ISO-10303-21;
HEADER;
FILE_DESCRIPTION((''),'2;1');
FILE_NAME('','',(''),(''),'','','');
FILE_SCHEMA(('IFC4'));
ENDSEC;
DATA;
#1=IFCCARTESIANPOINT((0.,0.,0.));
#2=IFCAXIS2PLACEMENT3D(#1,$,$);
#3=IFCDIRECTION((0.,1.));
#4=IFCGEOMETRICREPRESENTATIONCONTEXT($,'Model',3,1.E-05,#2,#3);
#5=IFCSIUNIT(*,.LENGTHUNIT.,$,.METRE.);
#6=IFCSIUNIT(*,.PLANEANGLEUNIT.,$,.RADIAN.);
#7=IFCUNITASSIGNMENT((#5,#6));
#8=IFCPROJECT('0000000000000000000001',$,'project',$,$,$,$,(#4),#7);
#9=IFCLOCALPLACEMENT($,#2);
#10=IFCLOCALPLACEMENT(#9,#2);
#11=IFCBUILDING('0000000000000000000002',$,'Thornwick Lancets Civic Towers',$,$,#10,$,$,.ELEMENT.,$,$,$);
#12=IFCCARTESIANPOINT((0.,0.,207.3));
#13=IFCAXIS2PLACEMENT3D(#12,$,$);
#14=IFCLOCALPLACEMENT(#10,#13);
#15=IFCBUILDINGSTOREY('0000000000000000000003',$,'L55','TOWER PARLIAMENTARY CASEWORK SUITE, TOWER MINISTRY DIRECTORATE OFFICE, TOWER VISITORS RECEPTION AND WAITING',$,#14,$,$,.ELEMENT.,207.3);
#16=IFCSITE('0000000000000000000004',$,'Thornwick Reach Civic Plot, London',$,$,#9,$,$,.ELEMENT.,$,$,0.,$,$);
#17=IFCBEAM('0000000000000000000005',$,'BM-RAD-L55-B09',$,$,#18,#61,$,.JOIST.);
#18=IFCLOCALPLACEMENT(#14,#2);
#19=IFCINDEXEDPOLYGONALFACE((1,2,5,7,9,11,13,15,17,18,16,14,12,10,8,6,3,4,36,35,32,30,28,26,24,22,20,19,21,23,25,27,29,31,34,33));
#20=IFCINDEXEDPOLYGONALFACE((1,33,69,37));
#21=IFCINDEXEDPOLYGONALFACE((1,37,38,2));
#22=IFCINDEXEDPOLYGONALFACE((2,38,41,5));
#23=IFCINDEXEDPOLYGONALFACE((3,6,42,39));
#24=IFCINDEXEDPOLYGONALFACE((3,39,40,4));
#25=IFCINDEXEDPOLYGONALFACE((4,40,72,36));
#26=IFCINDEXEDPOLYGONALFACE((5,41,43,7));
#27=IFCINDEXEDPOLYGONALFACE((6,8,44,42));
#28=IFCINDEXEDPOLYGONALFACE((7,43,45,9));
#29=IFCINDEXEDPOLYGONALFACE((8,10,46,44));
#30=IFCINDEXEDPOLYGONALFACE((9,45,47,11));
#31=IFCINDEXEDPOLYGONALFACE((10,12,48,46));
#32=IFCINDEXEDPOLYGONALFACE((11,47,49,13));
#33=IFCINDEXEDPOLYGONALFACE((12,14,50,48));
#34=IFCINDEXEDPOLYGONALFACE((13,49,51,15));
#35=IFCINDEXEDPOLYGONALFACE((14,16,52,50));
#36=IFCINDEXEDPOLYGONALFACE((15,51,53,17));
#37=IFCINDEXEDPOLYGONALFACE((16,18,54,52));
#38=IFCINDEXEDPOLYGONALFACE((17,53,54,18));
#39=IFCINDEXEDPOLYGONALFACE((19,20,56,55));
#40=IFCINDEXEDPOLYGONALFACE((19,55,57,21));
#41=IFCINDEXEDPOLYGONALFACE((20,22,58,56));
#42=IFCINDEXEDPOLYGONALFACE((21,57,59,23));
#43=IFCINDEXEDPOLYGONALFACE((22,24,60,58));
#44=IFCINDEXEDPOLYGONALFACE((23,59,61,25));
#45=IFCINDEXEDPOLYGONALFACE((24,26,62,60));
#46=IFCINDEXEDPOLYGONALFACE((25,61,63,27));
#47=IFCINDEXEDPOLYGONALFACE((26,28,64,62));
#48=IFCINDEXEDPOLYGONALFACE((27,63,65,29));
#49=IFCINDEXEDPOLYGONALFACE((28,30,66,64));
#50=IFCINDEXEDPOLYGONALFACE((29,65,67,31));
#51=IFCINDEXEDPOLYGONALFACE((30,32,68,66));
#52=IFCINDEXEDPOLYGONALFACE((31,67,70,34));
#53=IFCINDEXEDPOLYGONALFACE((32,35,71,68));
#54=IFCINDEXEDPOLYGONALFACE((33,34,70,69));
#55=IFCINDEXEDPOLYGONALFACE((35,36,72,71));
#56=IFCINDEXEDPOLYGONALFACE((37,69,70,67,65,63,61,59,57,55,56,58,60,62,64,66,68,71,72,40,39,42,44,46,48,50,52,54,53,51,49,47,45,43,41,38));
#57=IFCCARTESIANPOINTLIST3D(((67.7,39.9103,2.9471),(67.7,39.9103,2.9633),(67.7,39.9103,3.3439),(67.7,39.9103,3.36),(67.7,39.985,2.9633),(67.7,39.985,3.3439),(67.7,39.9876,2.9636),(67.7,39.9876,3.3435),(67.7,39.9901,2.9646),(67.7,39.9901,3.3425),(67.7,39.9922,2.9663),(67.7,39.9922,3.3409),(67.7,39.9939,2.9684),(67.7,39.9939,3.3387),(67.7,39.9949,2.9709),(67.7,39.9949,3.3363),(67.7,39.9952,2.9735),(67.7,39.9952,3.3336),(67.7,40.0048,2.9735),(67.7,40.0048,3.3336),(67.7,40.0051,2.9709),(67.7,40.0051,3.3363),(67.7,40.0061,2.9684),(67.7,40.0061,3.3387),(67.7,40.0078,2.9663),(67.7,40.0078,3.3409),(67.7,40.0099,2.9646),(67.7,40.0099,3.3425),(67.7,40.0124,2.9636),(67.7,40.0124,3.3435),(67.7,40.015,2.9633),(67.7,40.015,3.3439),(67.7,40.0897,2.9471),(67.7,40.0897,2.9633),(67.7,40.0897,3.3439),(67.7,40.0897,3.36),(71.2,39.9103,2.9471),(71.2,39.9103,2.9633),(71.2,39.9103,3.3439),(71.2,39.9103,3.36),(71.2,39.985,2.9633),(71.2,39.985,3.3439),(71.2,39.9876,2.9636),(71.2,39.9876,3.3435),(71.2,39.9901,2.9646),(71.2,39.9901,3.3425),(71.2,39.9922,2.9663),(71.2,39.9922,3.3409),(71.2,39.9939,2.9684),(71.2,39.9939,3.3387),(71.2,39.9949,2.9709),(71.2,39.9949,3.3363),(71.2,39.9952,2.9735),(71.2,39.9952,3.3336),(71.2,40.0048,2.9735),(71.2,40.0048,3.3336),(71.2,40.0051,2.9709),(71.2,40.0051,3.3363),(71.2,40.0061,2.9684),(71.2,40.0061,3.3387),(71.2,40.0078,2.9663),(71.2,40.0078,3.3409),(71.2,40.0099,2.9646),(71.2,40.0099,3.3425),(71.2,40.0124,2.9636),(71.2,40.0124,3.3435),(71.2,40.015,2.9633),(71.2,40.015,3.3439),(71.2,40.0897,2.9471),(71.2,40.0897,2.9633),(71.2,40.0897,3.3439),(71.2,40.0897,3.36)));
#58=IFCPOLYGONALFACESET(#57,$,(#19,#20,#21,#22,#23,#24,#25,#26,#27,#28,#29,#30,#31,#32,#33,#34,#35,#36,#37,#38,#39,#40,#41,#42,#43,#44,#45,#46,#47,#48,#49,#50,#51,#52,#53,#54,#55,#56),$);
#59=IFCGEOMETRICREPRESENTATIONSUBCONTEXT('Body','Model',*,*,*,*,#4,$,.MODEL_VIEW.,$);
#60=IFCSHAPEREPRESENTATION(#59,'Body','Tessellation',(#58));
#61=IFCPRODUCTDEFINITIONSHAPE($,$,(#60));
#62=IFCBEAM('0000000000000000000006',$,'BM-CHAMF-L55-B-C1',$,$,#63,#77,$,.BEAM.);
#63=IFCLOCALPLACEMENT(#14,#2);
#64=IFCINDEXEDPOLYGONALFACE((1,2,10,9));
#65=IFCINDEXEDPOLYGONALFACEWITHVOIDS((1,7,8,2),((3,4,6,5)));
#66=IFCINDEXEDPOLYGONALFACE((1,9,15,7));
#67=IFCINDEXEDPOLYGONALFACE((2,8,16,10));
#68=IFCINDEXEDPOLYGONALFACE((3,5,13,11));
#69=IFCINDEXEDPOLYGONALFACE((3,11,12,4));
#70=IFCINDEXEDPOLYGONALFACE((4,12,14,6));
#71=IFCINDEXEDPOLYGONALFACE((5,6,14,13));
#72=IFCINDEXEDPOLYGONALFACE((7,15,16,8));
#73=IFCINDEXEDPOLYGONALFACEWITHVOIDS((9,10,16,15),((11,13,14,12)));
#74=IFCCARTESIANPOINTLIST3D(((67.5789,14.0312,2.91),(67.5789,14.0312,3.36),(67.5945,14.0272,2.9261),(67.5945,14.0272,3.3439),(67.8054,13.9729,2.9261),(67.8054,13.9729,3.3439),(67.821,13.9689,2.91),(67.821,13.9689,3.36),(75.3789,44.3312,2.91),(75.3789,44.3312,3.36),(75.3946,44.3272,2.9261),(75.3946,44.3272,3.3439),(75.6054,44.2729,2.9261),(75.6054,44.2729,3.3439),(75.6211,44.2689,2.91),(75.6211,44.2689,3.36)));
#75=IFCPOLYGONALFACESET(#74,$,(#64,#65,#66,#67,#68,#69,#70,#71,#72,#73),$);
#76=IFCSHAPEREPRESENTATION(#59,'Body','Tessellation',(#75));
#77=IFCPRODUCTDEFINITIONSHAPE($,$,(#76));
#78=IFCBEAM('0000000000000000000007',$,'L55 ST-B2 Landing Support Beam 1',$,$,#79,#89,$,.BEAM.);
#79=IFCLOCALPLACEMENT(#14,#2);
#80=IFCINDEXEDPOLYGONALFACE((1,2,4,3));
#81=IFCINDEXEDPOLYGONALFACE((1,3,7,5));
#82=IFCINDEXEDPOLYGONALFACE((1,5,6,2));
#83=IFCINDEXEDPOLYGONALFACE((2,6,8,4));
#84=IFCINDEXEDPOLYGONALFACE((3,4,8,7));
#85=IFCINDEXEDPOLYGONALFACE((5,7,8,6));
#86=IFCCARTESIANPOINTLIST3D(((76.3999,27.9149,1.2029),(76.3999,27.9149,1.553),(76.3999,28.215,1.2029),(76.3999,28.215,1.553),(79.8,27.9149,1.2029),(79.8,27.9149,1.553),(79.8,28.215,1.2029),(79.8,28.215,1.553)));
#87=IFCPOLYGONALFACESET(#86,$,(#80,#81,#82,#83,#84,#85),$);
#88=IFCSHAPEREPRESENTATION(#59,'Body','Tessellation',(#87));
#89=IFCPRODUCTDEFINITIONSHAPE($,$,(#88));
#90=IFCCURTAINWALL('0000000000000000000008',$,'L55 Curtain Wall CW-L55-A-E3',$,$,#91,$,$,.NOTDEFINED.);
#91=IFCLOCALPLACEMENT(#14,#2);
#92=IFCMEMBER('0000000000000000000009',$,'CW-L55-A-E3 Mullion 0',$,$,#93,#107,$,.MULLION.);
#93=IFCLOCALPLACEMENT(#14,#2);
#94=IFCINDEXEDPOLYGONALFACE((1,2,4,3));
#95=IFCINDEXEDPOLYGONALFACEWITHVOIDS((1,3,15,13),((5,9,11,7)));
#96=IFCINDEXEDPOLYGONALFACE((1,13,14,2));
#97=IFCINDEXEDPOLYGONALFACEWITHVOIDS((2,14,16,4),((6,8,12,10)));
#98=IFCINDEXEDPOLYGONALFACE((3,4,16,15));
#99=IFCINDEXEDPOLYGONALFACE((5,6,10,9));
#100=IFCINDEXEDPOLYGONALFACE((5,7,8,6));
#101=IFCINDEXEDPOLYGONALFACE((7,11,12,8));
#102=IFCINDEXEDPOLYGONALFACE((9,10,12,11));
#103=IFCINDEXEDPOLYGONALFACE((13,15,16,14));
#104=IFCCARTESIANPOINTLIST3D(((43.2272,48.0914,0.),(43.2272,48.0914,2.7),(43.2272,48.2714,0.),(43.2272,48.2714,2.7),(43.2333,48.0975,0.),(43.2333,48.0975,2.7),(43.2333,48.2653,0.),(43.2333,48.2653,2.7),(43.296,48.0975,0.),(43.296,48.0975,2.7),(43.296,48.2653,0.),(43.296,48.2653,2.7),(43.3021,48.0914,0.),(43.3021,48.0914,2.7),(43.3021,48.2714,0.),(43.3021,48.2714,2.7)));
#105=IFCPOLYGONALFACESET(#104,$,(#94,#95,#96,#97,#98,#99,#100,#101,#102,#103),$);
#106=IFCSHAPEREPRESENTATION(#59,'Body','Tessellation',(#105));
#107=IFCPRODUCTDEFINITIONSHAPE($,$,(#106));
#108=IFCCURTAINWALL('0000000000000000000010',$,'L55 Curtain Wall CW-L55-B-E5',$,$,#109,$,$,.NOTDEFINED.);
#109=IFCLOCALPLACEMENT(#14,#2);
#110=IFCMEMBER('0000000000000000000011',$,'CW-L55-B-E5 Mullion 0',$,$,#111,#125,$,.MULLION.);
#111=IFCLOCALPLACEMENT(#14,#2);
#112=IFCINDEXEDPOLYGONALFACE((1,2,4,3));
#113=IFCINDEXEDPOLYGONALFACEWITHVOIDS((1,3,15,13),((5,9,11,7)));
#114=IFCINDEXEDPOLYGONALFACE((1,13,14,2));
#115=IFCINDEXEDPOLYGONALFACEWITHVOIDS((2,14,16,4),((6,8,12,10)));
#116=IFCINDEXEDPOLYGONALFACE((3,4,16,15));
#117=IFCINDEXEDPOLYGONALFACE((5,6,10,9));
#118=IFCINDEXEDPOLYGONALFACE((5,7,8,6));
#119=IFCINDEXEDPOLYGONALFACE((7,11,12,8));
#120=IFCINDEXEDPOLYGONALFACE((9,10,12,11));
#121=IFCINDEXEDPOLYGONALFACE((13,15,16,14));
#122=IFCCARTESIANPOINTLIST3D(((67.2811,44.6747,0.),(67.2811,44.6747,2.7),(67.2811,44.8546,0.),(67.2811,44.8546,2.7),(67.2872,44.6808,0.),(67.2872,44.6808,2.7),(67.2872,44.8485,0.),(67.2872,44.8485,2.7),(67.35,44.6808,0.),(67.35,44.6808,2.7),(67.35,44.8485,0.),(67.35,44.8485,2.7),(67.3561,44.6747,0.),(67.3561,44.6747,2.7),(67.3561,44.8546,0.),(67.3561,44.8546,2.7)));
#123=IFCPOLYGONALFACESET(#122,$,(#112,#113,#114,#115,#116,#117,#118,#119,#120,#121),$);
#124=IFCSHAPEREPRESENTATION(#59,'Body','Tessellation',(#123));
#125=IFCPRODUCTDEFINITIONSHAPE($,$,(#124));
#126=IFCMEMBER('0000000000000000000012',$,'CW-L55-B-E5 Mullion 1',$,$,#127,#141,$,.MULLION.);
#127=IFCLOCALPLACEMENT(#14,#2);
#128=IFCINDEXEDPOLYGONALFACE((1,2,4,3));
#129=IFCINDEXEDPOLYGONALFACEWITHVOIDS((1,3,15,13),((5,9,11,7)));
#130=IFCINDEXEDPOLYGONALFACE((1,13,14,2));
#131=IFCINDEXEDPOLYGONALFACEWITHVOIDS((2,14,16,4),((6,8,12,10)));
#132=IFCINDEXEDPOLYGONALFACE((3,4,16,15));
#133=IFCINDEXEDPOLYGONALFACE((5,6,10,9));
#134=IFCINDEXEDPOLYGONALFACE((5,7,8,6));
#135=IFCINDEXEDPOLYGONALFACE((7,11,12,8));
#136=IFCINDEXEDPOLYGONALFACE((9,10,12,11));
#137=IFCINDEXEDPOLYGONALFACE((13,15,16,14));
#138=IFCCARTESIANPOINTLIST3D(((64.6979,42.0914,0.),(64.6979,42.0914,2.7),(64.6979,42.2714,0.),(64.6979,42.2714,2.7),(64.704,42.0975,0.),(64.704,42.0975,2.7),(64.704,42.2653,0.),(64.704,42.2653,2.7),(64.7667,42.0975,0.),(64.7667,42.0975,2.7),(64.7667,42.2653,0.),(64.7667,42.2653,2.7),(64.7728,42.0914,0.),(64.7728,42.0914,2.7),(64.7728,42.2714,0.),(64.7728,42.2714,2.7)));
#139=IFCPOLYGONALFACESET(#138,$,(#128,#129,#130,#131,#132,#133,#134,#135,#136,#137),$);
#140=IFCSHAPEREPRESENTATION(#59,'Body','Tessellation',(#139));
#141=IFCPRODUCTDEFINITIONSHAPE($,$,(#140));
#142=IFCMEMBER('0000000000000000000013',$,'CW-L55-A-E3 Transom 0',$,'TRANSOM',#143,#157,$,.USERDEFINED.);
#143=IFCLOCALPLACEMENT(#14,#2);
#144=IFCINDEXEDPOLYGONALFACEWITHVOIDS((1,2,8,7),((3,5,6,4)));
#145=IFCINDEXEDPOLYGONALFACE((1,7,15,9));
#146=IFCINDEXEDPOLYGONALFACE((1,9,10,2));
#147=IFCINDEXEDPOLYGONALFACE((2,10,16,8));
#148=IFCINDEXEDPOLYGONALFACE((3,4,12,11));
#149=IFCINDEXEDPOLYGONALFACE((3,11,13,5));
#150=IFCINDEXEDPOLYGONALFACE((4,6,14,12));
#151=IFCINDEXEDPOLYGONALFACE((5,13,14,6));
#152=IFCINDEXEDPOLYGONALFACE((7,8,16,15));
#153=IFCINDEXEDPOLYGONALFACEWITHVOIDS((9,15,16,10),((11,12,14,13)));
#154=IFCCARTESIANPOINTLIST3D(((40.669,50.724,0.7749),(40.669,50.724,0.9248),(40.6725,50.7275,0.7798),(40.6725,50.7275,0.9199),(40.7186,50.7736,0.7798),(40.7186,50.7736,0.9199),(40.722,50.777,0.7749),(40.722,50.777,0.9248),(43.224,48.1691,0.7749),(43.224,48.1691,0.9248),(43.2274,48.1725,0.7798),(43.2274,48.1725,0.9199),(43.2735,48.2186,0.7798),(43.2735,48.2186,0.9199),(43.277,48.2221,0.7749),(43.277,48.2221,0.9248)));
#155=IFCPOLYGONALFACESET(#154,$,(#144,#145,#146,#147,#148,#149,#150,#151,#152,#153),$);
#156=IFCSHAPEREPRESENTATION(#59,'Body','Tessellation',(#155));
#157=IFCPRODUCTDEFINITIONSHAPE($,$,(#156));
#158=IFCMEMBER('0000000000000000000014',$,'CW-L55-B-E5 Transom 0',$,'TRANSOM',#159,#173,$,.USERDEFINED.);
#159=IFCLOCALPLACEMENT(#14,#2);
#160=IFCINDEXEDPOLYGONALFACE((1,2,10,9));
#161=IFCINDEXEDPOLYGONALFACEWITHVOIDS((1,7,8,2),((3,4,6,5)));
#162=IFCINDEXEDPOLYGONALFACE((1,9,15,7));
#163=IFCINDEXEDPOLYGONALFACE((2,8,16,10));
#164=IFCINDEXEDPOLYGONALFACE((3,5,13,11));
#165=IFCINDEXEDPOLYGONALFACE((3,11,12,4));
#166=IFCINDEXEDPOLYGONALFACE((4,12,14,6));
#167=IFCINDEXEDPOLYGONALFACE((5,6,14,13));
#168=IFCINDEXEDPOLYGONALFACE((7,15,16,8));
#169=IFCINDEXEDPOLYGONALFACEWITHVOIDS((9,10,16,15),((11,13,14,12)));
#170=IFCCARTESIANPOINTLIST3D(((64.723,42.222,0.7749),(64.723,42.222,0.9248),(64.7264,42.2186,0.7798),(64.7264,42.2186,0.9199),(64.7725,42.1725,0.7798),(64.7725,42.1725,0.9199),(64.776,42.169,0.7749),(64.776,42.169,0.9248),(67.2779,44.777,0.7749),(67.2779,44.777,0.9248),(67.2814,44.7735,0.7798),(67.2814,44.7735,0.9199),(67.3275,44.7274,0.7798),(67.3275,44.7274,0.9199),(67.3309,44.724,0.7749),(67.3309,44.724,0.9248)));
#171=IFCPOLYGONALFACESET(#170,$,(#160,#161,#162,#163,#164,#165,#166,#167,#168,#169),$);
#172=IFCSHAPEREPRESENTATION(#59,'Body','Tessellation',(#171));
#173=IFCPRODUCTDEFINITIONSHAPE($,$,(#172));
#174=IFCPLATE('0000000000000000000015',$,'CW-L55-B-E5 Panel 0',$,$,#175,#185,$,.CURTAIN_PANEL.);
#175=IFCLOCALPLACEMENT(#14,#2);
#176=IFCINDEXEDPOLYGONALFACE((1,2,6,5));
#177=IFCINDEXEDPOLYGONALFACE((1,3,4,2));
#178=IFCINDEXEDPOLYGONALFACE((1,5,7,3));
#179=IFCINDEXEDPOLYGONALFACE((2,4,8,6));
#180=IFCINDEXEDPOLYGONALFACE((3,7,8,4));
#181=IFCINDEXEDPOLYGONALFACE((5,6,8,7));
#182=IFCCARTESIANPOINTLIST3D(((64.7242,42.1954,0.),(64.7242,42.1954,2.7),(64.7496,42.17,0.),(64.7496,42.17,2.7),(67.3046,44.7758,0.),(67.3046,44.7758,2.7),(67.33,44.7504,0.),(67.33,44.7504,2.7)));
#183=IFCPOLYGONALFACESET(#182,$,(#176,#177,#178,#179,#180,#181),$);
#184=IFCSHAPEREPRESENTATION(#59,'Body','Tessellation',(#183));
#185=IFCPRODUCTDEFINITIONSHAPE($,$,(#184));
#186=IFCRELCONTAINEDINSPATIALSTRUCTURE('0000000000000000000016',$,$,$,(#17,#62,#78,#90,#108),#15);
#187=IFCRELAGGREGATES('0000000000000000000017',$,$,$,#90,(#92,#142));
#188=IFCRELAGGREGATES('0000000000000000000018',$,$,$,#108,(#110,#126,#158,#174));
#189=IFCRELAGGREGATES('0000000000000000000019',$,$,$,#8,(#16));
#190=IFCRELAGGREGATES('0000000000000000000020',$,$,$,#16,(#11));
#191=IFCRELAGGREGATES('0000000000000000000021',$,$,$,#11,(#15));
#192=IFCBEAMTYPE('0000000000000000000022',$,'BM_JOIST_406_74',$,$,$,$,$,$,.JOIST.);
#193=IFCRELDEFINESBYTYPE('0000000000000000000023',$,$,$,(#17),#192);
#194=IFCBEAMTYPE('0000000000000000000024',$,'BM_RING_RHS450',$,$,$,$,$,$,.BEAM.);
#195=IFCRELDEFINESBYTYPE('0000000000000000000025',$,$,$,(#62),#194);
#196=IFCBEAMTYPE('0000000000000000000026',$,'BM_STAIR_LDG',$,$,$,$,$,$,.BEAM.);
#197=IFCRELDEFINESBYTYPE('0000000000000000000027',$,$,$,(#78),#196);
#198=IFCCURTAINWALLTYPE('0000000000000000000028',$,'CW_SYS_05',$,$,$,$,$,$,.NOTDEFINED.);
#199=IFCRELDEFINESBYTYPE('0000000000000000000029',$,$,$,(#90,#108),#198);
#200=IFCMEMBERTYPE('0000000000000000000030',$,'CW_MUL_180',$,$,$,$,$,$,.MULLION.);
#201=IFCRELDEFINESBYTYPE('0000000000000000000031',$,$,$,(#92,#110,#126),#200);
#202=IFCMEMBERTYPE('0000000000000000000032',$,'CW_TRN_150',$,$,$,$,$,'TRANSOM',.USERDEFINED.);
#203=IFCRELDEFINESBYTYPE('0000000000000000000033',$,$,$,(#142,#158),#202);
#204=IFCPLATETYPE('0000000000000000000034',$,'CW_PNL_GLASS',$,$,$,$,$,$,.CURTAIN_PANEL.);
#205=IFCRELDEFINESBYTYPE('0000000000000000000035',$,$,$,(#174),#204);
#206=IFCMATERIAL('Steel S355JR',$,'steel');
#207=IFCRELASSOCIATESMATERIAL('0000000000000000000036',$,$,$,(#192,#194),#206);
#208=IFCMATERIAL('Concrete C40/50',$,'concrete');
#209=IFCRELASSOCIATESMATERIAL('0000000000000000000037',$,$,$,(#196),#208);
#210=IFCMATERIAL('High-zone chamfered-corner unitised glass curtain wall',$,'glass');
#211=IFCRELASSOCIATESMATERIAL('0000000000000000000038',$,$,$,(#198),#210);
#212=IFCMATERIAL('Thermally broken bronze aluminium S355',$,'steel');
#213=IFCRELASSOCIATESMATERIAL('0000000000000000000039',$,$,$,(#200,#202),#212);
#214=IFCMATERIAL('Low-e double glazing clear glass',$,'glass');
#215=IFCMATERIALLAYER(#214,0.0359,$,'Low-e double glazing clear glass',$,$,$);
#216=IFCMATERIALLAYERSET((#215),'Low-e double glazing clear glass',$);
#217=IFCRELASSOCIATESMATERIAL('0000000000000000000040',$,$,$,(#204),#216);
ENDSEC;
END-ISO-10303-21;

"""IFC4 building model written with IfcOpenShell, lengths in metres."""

from ifc_helpers import new_model, si_unit, direction, frame, origin, origin_2d, place, context, subcontext, project, spatial, rectangle, hollow_rectangle, i_section, extrude, material, layer, layer_set, material_profile, profile_set, type_object, element, aggregate, save


model = new_model("IFC4")

# Units and contexts
model_context = context("Model", 3, precision=1e-05, world=origin(), true_north=direction((0.0, 1.0)))
body_context = subcontext(model_context, "Body", "Model", "MODEL_VIEW")
ifc_project = project(units=[si_unit("LENGTHUNIT", "METRE"), si_unit("PLANEANGLEUNIT", "RADIAN")], contexts=[model_context])

# Site, building, storey
site_placement = place(None, origin())
site = spatial("IfcSite", under=ifc_project, at=site_placement, Name="Thornwick Reach Civic Plot, London", CompositionType="ELEMENT", RefElevation=0.0)
building_placement = place(site_placement, origin())
building = spatial("IfcBuilding", under=site, at=building_placement, Name="Thornwick Lancets Civic Towers", CompositionType="ELEMENT")
storey_placement = place(building_placement, frame((0.0, 0.0, 207.3)))
storey = spatial("IfcBuildingStorey", under=building, at=storey_placement, Name="L55", Description="TOWER PARLIAMENTARY CASEWORK SUITE, TOWER MINISTRY DIRECTORATE OFFICE, TOWER VISITORS RECEPTION AND WAITING", CompositionType="ELEMENT", Elevation=207.3)

# Shared definitions
ifc_material_1 = material(Name="Steel S355JR", Category="steel")

# Beams
ifc_material_profile_1 = material_profile(ifc_material_1, i_section(OverallWidth=0.1794, OverallDepth=0.4128, WebThickness=0.0095, FlangeThickness=0.0161, FilletRadius=0.0103, at=origin_2d()), Name="UKB 406x178x74")
ifc_profile_set_1 = profile_set([ifc_material_profile_1], Name="Steel S355JR")
beam_type_1 = type_object("IfcBeamType", Name="BM_JOIST_406_74", PredefinedType="JOIST", material=ifc_profile_set_1)
for number, where, z_axis, x_axis, name in (
    (1, (71.2, 40.0, 3.1536), (-1.0, 0.0, 0.0), (0.0, -1.0, 0.0), "BM-RAD-L55-B09"),
):
    element("IfcBeam", number, at=place(storey_placement, frame(where, z_axis=z_axis, x_axis=x_axis)), inside=storey, type_object=beam_type_1, Name=name, PredefinedType="JOIST", context=body_context, shape_type="SweptSolid", body=[
        extrude(i_section(OverallWidth=0.1794, OverallDepth=0.4128, WebThickness=0.0095, FlangeThickness=0.0161, FilletRadius=0.0103, at=origin_2d()), origin(), (0.0, 0.0, 1.0), 3.5),
    ])
ifc_material_profile_2 = material_profile(ifc_material_1, hollow_rectangle(XDim=0.25, YDim=0.45, WallThickness=0.0161, at=origin_2d()), Name="RHS 450x250x16")
ifc_profile_set_2 = profile_set([ifc_material_profile_2], Name="Steel S355JR")
beam_type_2 = type_object("IfcBeamType", Name="BM_RING_RHS450", PredefinedType="BEAM", material=ifc_profile_set_2)
beam_1_placement = place(storey_placement, frame((75.5, 44.3, 3.135), z_axis=(-0.249299, -0.968427, 0.0), x_axis=(0.968427, -0.249299, 0.0)))
element("IfcBeam", 2, at=beam_1_placement, inside=storey, type_object=beam_type_2, Name="BM-CHAMF-L55-B-C1", PredefinedType="BEAM", context=body_context, shape_type="SweptSolid", body=[
    extrude(hollow_rectangle(XDim=0.25, YDim=0.45, WallThickness=0.0161, at=origin_2d()), origin(), (0.0, 0.0, 1.0), 31.2878),
])
ifc_material_2 = material(Name="Concrete C40/50", Category="concrete")
ifc_material_profile_3 = material_profile(ifc_material_2, rectangle(XDim=0.3, YDim=0.3501, at=origin_2d()), Name="RC 300x350")
ifc_profile_set_3 = profile_set([ifc_material_profile_3], Name="Concrete C40/50")
beam_type_3 = type_object("IfcBeamType", Name="BM_STAIR_LDG", PredefinedType="BEAM", material=ifc_profile_set_3)
beam_2_placement = place(storey_placement, frame((76.3999, 28.0649, 1.3779), z_axis=(1.0, 0.0, 0.0), x_axis=(0.0, 1.0, 0.0)))
element("IfcBeam", 3, at=beam_2_placement, inside=storey, type_object=beam_type_3, Name="L55 ST-B2 Landing Support Beam 1", PredefinedType="BEAM", context=body_context, shape_type="SweptSolid", body=[
    extrude(rectangle(XDim=0.3, YDim=0.3501, at=origin_2d()), origin(), (0.0, 0.0, 1.0), 3.4001),
])

# Curtain wall, member
ifc_material_3 = material(Name="High-zone chamfered-corner unitised glass curtain wall", Category="glass")
curtain_wall_type = type_object("IfcCurtainWallType", Name="CW_SYS_05", PredefinedType="NOTDEFINED", material=ifc_material_3)
curtain_wall_1_placement = place(storey_placement, origin())
curtain_wall_1 = element("IfcCurtainWall", 4, at=curtain_wall_1_placement, inside=storey, type_object=curtain_wall_type, Name="L55 Curtain Wall CW-L55-A-E3", PredefinedType="NOTDEFINED")
ifc_material_4 = material(Name="Thermally broken bronze aluminium S355", Category="steel")
ifc_material_profile_4 = material_profile(ifc_material_4, hollow_rectangle(XDim=0.075, YDim=0.1799, WallThickness=0.0061, at=origin_2d()), Name="RHS 180x75x6")
ifc_profile_set_4 = profile_set([ifc_material_profile_4], Name="Thermally broken bronze aluminium S355")
member_type_1 = type_object("IfcMemberType", Name="CW_MUL_180", PredefinedType="MULLION", material=ifc_profile_set_4)
member_1_placement = place(storey_placement, frame((43.2646, 48.1814, 0.0), z_axis=(0.0, 0.0, 1.0), x_axis=(1.0, 0.0, 0.0)))
member_1 = element("IfcMember", 5, at=member_1_placement, type_object=member_type_1, Name="CW-L55-A-E3 Mullion 0", PredefinedType="MULLION", context=body_context, shape_type="SweptSolid", body=[
    extrude(hollow_rectangle(XDim=0.075, YDim=0.1799, WallThickness=0.0061, at=origin_2d()), origin(), (0.0, 0.0, 1.0), 2.7),
])

# Curtain wall, members
curtain_wall_2_placement = place(storey_placement, origin())
curtain_wall_2 = element("IfcCurtainWall", 6, at=curtain_wall_2_placement, inside=storey, type_object=curtain_wall_type, Name="L55 Curtain Wall CW-L55-B-E5", PredefinedType="NOTDEFINED")
member_2_placement = place(storey_placement, frame((67.3186, 44.7646, 0.0), z_axis=(0.0, 0.0, 1.0), x_axis=(1.0, 0.0, 0.0)))
member_2 = element("IfcMember", 7, at=member_2_placement, type_object=member_type_1, Name="CW-L55-B-E5 Mullion 0", PredefinedType="MULLION", context=body_context, shape_type="SweptSolid", body=[
    extrude(hollow_rectangle(XDim=0.075, YDim=0.1799, WallThickness=0.0061, at=origin_2d()), origin(), (0.0, 0.0, 1.0), 2.7),
])
member_3_placement = place(storey_placement, frame((64.7354, 42.1814, 0.0), z_axis=(0.0, 0.0, 1.0), x_axis=(1.0, 0.0, 0.0)))
member_3 = element("IfcMember", 8, at=member_3_placement, type_object=member_type_1, Name="CW-L55-B-E5 Mullion 1", PredefinedType="MULLION", context=body_context, shape_type="SweptSolid", body=[
    extrude(hollow_rectangle(XDim=0.075, YDim=0.1799, WallThickness=0.0061, at=origin_2d()), origin(), (0.0, 0.0, 1.0), 2.7),
])

# Members
ifc_material_profile_5 = material_profile(ifc_material_4, hollow_rectangle(XDim=0.075, YDim=0.1499, WallThickness=0.0049, at=origin_2d()), Name="RHS 150x75x5")
ifc_profile_set_5 = profile_set([ifc_material_profile_5], Name="Thermally broken bronze aluminium S355")
member_type_2 = type_object("IfcMemberType", Name="CW_TRN_150", ElementType="TRANSOM", PredefinedType="USERDEFINED", material=ifc_profile_set_5)
member_4_placement = place(storey_placement, frame((43.2505, 48.1956, 0.8499), z_axis=(-0.707107, 0.707107, 0.0), x_axis=(-0.707107, -0.707107, 0.0)))
member_4 = element("IfcMember", 9, at=member_4_placement, type_object=member_type_2, Name="CW-L55-A-E3 Transom 0", ObjectType="TRANSOM", PredefinedType="USERDEFINED", context=body_context, shape_type="SweptSolid", body=[
    extrude(hollow_rectangle(XDim=0.075, YDim=0.1499, WallThickness=0.0049, at=origin_2d()), origin(), (0.0, 0.0, 1.0), 3.6133),
])
aggregate(curtain_wall_1, [member_1, member_4])
member_5_placement = place(storey_placement, frame((67.3044, 44.7505, 0.8499), z_axis=(-0.707107, -0.707107, 0.0), x_axis=(0.707107, -0.707107, 0.0)))
member_5 = element("IfcMember", 10, at=member_5_placement, type_object=member_type_2, Name="CW-L55-B-E5 Transom 0", ObjectType="TRANSOM", PredefinedType="USERDEFINED", context=body_context, shape_type="SweptSolid", body=[
    extrude(hollow_rectangle(XDim=0.075, YDim=0.1499, WallThickness=0.0049, at=origin_2d()), origin(), (0.0, 0.0, 1.0), 3.6133),
])

# Plate
ifc_material_5 = material(Name="Low-e double glazing clear glass", Category="glass")
ifc_layer_1 = layer(ifc_material_5, 0.0359, Name="Low-e double glazing clear glass")
ifc_layer_set_1 = layer_set([ifc_layer_1], Name="Low-e double glazing clear glass")
plate_type = type_object("IfcPlateType", Name="CW_PNL_GLASS", PredefinedType="CURTAIN_PANEL", material=ifc_layer_set_1)
plate_placement = place(storey_placement, frame((66.0271, 43.4729, 0.0), z_axis=(0.0, 0.0, 1.0), x_axis=(-0.707107, -0.707107, 0.0)))
plate = element("IfcPlate", 11, at=plate_placement, type_object=plate_type, Name="CW-L55-B-E5 Panel 0", PredefinedType="CURTAIN_PANEL", context=body_context, shape_type="SweptSolid", body=[
    extrude(rectangle(XDim=3.6492, YDim=0.0359, at=origin_2d()), origin(), (0.0, 0.0, 1.0), 2.7),
])
aggregate(curtain_wall_2, [member_2, member_3, member_5, plate])

save(model, "model.ifc")
